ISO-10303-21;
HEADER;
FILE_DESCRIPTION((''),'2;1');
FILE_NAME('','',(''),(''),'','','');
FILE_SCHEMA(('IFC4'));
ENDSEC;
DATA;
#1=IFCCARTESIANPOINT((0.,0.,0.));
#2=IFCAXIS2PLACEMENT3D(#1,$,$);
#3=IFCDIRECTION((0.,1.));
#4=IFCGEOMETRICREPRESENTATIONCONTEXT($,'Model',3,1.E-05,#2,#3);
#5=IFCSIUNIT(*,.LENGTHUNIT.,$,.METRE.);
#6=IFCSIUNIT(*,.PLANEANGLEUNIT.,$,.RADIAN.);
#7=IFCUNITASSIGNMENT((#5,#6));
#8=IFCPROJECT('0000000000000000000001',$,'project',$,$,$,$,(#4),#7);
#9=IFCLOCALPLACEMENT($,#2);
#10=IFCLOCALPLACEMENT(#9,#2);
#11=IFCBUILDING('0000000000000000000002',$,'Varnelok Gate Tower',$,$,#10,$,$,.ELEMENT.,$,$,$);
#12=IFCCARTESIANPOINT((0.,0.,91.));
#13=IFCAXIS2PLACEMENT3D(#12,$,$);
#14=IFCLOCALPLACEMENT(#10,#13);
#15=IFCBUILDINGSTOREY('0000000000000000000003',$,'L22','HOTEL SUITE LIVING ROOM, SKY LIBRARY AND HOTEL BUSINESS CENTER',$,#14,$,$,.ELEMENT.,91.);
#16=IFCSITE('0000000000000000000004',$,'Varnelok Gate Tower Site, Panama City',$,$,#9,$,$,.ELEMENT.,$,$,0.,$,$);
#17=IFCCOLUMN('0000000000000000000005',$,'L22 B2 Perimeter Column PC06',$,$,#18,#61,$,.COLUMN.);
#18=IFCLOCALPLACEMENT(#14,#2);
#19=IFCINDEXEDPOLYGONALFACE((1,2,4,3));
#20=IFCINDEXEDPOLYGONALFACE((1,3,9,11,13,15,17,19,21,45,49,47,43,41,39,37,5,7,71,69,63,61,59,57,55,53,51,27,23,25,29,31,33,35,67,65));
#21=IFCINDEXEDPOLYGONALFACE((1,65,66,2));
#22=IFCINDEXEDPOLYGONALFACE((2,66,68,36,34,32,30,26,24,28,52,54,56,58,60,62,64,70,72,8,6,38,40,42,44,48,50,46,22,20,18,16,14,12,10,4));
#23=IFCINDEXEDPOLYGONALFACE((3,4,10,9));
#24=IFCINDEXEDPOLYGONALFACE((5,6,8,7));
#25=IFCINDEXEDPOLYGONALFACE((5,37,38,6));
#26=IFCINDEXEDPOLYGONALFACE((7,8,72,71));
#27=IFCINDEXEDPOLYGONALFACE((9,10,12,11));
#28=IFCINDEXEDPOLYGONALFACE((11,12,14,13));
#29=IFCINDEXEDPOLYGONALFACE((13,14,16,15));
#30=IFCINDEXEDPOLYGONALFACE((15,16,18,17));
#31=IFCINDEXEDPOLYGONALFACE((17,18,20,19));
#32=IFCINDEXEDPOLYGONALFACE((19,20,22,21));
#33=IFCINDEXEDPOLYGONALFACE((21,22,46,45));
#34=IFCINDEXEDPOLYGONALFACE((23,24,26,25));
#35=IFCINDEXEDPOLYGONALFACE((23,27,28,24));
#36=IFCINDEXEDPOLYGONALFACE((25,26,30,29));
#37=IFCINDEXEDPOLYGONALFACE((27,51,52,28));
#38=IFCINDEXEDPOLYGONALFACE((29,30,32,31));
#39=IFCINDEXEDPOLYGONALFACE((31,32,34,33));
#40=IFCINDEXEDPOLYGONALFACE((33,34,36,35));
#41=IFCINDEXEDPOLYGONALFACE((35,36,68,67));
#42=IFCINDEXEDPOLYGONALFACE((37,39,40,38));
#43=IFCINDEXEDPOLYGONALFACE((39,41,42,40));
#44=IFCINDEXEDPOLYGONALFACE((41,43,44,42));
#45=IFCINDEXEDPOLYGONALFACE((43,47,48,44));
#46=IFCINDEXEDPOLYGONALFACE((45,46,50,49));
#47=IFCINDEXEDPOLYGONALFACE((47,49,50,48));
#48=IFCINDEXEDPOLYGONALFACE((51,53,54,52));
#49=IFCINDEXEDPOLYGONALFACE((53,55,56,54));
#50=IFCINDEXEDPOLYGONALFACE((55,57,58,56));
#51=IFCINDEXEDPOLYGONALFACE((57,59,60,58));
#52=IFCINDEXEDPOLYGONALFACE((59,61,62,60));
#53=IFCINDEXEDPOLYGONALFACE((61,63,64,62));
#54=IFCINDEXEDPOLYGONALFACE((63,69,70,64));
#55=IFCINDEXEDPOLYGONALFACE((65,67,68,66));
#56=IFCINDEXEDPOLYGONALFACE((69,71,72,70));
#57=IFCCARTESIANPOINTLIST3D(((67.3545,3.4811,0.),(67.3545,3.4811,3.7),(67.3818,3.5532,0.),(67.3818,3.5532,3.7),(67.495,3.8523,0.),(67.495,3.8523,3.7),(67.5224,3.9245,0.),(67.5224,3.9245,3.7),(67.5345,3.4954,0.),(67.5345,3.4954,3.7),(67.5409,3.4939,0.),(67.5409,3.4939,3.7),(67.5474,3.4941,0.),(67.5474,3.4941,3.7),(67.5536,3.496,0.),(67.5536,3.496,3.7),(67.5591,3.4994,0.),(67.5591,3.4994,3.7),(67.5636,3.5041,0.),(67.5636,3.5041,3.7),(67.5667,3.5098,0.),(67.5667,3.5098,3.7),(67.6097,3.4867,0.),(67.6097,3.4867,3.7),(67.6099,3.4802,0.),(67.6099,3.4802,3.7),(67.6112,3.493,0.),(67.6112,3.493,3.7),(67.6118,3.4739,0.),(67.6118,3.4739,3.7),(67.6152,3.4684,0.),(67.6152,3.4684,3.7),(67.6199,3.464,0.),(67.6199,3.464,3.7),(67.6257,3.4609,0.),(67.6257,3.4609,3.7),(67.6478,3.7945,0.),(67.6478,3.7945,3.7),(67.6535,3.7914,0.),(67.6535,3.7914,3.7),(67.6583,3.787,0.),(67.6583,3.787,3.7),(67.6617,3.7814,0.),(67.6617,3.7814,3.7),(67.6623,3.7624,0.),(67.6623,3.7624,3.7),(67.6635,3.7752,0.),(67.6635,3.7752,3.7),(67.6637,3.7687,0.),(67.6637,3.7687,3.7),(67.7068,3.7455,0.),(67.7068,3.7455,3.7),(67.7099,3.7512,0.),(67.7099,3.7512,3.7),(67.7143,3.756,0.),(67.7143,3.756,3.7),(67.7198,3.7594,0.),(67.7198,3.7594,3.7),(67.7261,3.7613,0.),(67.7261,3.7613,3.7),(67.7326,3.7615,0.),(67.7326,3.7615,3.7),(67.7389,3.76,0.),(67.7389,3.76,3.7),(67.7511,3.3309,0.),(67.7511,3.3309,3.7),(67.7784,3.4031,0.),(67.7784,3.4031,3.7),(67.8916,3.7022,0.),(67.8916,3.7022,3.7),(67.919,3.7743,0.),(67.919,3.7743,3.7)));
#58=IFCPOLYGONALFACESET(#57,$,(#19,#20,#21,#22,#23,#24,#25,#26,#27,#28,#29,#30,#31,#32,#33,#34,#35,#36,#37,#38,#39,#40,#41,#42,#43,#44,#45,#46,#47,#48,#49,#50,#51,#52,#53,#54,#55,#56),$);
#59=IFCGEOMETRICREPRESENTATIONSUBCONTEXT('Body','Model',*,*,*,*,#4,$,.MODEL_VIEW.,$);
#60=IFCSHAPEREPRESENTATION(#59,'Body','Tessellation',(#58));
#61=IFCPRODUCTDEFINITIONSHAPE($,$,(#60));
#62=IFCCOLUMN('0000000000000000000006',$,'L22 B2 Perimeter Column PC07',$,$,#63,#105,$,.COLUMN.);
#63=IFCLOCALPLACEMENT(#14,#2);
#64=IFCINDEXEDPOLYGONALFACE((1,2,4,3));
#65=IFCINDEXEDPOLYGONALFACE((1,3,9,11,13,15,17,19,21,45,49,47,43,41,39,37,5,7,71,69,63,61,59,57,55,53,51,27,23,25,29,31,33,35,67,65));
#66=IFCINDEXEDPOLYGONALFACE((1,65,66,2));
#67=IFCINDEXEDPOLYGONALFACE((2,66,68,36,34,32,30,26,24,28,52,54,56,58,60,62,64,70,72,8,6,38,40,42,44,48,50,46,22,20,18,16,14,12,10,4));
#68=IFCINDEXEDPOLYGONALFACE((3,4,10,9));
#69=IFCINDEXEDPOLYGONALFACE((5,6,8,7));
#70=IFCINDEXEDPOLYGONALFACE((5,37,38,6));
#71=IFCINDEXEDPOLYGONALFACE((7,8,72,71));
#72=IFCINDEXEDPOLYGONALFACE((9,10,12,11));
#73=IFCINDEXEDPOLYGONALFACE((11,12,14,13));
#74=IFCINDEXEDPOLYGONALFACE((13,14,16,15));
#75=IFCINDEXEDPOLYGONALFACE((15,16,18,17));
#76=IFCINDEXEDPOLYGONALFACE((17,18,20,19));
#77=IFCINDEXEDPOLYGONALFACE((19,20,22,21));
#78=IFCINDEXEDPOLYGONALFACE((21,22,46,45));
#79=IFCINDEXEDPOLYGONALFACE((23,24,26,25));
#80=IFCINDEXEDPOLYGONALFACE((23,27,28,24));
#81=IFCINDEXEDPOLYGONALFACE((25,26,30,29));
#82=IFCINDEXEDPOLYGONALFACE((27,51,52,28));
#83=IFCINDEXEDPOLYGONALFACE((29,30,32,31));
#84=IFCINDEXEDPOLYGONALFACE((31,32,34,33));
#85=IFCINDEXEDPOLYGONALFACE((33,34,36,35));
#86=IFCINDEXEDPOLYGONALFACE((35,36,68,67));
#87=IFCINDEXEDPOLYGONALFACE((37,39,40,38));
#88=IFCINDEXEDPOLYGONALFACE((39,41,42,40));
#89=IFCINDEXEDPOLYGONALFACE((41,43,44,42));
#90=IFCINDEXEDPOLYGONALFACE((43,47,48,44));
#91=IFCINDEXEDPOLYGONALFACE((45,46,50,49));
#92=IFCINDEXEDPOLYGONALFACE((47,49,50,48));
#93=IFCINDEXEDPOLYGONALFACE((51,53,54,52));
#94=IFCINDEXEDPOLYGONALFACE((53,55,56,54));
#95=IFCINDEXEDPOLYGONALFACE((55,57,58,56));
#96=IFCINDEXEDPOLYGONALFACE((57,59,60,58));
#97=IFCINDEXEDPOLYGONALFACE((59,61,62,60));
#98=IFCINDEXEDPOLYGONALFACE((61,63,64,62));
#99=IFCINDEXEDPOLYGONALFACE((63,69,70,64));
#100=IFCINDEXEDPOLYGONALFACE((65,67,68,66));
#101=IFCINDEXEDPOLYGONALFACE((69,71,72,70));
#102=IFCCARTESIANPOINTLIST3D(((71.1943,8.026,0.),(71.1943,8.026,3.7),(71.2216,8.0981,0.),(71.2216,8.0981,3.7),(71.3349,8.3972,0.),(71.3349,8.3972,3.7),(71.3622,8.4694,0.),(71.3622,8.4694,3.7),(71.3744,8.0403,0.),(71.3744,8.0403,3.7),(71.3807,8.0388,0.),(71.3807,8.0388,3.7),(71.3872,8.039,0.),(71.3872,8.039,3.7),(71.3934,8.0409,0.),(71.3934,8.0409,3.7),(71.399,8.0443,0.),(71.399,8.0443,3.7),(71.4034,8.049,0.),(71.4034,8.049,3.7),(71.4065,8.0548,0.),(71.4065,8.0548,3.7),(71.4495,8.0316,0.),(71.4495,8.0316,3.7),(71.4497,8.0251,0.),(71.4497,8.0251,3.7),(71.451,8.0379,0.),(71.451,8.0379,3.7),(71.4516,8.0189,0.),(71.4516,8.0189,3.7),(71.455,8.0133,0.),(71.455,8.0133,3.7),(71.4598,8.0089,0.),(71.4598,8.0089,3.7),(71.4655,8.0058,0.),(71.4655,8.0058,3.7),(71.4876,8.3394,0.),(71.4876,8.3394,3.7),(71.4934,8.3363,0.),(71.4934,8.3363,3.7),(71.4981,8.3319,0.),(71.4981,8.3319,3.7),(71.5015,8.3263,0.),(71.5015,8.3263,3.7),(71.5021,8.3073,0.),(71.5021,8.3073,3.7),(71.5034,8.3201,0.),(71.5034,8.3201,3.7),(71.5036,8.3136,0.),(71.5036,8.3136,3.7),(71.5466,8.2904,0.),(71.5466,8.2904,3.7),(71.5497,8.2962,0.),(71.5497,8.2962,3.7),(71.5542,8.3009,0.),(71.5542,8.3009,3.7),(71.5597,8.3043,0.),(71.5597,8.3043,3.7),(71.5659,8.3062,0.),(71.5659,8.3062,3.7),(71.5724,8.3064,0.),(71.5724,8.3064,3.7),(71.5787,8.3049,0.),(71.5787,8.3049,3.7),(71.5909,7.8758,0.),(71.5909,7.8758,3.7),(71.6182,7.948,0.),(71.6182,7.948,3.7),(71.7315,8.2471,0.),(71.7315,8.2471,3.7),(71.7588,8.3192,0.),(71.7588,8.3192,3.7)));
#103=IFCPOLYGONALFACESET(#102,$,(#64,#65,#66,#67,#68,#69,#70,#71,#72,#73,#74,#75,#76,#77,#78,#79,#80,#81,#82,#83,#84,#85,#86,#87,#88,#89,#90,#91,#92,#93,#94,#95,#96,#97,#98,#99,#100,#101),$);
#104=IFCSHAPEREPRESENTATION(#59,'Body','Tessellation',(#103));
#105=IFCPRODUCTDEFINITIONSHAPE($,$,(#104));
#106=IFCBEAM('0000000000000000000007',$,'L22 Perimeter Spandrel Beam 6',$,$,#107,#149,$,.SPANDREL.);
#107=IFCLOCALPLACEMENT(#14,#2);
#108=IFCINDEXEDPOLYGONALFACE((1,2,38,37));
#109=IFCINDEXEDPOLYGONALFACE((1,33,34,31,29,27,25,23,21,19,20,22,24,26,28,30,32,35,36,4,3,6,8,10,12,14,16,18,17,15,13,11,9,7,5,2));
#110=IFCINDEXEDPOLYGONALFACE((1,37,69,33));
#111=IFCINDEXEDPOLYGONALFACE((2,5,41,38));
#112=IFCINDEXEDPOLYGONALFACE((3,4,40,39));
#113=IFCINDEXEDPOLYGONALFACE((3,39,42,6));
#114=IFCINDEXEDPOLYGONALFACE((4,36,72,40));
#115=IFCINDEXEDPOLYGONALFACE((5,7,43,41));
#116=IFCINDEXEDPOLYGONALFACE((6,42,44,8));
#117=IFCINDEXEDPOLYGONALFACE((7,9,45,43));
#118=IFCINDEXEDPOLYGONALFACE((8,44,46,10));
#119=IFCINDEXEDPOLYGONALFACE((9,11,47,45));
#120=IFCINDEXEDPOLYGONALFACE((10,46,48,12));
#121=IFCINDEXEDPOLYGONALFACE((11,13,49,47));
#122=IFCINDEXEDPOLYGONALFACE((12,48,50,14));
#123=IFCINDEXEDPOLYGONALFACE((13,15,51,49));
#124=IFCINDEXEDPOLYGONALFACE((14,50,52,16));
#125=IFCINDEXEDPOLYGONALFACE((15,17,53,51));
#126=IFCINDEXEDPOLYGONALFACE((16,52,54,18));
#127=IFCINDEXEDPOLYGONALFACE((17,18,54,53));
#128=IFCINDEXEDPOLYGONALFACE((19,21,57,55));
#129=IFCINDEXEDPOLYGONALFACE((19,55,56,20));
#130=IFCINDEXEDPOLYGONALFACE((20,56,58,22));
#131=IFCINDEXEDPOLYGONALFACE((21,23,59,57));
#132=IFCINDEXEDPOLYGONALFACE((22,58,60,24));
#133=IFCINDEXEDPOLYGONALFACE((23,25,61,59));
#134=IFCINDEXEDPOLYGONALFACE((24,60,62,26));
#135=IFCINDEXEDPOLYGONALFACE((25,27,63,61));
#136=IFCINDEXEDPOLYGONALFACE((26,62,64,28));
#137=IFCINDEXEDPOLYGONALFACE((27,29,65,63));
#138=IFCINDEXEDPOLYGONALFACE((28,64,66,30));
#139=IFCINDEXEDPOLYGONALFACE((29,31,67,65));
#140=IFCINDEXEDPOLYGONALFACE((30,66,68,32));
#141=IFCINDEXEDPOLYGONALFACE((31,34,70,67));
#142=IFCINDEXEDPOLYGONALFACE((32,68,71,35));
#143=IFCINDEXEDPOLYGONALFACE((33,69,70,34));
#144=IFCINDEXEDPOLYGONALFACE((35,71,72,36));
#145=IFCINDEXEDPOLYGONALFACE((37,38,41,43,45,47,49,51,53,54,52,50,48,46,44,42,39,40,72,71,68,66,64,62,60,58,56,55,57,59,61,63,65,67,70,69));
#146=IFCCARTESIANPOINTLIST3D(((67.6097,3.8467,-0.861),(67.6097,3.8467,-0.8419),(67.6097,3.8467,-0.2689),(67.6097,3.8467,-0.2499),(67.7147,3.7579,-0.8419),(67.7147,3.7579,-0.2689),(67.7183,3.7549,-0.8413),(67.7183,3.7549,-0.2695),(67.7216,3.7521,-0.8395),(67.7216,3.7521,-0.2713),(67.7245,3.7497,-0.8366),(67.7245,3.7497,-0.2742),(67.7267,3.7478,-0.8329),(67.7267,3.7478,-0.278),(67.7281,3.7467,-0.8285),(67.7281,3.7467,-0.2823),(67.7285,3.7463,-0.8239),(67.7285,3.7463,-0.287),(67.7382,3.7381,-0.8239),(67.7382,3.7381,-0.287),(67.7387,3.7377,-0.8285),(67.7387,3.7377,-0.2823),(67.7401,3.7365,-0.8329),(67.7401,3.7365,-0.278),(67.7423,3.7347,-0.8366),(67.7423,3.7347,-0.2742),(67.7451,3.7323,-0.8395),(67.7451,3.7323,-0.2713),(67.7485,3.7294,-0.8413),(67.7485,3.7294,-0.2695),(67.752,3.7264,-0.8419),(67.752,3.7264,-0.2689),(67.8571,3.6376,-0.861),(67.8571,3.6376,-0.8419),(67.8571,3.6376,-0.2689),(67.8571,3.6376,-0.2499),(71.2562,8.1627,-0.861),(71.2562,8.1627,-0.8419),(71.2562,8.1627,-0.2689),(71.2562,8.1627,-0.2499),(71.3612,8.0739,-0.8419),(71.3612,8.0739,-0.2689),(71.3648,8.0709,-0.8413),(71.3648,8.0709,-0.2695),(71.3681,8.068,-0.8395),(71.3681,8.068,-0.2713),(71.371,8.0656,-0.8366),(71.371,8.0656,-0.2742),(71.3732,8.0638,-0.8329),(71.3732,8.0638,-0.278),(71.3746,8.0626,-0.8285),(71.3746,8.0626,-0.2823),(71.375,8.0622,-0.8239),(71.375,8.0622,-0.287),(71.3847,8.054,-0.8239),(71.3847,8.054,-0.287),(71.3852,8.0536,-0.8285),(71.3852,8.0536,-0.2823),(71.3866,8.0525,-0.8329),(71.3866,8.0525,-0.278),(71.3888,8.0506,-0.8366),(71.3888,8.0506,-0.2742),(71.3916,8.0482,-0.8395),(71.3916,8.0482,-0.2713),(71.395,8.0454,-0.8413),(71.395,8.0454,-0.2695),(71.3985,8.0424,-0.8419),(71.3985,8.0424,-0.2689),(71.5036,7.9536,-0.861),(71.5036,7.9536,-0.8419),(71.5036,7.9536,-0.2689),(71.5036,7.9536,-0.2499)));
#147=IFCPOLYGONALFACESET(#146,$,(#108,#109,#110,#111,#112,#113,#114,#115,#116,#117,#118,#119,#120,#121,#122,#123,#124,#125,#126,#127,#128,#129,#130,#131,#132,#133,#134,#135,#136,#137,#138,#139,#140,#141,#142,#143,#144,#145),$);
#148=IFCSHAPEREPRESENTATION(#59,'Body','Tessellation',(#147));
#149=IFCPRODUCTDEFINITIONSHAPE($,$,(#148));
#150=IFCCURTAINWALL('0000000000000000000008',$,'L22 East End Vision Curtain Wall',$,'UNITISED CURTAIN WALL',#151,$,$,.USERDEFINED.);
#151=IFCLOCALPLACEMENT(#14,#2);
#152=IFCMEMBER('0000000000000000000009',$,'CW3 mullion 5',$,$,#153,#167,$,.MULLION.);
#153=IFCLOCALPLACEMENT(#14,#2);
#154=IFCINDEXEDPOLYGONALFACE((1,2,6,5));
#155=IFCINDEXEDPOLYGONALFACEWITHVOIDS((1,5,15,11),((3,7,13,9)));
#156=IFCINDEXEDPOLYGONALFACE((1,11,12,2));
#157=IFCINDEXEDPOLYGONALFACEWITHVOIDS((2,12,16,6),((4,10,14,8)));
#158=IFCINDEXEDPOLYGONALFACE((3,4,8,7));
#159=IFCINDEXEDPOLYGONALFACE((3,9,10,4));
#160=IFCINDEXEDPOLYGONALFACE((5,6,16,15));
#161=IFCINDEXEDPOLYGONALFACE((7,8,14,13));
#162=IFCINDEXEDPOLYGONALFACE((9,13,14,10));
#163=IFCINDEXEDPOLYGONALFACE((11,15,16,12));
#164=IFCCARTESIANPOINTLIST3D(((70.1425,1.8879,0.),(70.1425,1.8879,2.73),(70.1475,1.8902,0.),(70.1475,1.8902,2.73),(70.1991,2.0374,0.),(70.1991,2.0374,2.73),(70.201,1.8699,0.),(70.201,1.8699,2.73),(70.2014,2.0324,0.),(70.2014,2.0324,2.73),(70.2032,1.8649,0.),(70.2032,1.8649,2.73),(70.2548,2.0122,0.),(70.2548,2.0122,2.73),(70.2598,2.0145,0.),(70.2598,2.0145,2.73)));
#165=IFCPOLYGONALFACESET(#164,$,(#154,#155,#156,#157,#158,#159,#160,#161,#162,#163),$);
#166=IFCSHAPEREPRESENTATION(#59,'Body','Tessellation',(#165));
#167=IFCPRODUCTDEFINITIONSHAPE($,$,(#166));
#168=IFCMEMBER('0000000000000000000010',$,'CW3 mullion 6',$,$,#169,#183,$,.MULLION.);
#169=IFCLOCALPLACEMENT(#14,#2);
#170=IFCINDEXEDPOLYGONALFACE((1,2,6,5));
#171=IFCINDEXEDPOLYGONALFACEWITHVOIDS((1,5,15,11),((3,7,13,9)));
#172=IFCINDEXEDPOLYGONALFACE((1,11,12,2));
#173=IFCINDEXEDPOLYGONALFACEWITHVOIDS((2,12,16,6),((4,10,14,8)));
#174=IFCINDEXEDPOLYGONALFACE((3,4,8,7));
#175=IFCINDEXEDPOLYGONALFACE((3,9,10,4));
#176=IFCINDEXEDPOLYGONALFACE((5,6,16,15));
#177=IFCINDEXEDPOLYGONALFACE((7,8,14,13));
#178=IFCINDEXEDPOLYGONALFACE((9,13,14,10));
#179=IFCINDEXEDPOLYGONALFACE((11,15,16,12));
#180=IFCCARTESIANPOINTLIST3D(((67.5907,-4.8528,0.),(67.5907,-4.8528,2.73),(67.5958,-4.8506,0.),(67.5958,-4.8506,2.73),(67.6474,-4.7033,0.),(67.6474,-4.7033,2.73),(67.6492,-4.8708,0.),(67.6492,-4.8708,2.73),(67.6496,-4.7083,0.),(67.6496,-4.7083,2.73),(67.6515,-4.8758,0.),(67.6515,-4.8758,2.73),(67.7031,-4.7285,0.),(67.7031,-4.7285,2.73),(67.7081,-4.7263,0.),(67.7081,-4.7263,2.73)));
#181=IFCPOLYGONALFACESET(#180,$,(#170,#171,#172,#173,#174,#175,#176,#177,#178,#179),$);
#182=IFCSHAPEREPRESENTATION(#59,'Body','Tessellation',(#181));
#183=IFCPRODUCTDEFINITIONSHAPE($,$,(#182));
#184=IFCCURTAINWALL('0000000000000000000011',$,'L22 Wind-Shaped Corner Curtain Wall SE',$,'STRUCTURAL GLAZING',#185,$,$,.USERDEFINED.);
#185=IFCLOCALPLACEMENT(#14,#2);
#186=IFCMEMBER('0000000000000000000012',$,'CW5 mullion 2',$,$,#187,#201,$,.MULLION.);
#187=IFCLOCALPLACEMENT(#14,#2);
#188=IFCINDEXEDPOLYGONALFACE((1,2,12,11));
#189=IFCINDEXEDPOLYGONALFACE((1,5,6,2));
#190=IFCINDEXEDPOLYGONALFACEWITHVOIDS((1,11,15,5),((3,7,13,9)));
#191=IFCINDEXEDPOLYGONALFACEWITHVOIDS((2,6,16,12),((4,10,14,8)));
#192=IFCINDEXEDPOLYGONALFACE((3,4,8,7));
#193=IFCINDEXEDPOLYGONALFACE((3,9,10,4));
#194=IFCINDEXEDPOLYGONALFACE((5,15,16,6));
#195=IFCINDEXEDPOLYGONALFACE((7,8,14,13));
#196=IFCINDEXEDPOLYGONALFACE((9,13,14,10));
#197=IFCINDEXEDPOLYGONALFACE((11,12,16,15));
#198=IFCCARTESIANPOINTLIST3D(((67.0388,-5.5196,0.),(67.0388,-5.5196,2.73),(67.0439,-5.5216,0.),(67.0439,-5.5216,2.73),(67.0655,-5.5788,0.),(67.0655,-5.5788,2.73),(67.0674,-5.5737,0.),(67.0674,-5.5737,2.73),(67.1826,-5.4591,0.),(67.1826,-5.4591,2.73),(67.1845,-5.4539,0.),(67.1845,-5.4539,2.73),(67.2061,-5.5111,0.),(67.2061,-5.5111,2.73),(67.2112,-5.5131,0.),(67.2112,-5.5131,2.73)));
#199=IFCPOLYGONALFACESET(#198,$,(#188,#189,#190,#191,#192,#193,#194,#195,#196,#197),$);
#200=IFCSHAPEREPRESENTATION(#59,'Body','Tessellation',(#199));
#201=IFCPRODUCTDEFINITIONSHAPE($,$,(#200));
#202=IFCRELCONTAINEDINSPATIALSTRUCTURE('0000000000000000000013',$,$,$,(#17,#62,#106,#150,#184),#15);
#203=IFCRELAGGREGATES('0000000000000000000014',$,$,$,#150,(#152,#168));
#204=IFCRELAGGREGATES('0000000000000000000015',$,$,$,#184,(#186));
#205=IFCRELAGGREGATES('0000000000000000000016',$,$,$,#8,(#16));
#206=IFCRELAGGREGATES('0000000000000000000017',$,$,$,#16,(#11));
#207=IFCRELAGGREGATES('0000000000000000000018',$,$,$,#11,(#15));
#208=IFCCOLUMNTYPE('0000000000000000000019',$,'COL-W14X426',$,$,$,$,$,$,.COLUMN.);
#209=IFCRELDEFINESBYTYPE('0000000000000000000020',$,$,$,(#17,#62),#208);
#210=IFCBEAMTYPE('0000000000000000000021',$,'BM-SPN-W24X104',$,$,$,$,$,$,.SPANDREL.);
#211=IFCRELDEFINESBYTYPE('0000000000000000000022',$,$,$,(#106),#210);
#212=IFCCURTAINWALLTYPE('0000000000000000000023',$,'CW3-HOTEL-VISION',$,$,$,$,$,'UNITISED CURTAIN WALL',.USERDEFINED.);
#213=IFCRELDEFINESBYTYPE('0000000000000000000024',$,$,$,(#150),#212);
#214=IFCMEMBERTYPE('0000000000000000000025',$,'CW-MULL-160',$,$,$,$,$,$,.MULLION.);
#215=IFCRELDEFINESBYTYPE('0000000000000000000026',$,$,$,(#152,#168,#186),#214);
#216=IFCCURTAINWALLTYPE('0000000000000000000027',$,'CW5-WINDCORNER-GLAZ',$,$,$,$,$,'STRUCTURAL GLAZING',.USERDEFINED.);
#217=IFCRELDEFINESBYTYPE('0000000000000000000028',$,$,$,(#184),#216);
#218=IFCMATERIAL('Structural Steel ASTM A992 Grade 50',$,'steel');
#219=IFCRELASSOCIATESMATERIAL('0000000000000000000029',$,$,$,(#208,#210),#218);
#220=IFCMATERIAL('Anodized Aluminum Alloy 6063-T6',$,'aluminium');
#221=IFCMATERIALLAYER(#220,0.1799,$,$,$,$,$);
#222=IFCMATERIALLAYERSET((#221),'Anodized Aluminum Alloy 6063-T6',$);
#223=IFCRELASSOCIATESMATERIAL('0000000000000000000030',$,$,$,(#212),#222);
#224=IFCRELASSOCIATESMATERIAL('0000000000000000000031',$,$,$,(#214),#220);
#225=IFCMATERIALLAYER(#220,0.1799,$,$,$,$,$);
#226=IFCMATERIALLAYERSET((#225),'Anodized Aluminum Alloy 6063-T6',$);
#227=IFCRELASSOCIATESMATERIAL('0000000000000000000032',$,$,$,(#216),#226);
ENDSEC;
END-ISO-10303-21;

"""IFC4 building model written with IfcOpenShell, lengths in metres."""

from ifc_helpers import new_model, si_unit, direction, frame, origin, origin_2d, place, context, subcontext, project, spatial, hollow_rectangle, i_section, extrude, material, layer, layer_set, material_profile, profile_set, type_object, element, aggregate, save


model = new_model("IFC4")

# Units and contexts
model_context = context("Model", 3, precision=1e-05, world=origin(), true_north=direction((0.0, 1.0)))
body_context = subcontext(model_context, "Body", "Model", "MODEL_VIEW")
ifc_project = project(units=[si_unit("LENGTHUNIT", "METRE"), si_unit("PLANEANGLEUNIT", "RADIAN")], contexts=[model_context])

# Site, building, storey
site_placement = place(None, origin())
site = spatial("IfcSite", under=ifc_project, at=site_placement, Name="Varnelok Gate Tower Site, Panama City", CompositionType="ELEMENT", RefElevation=0.0)
building_placement = place(site_placement, origin())
building = spatial("IfcBuilding", under=site, at=building_placement, Name="Varnelok Gate Tower", CompositionType="ELEMENT")
storey_placement = place(building_placement, frame((0.0, 0.0, 91.0)))
storey = spatial("IfcBuildingStorey", under=building, at=storey_placement, Name="L22", Description="HOTEL SUITE LIVING ROOM, SKY LIBRARY AND HOTEL BUSINESS CENTER", CompositionType="ELEMENT", Elevation=91.0)

# Columns
ifc_material_1 = material(Name="Structural Steel ASTM A992 Grade 50", Category="steel")
ifc_material_profile_1 = material_profile(ifc_material_1, i_section(OverallWidth=0.4241, OverallDepth=0.4741, WebThickness=0.0476, FlangeThickness=0.0771, FilletRadius=0.0249, at=origin_2d()), Name="W14X426")
ifc_profile_set_1 = profile_set([ifc_material_profile_1], Name="Structural Steel ASTM A992 Grade 50")
column_type = type_object("IfcColumnType", Name="COL-W14X426", PredefinedType="COLUMN", material=ifc_profile_set_1)
for number, where, z_axis, x_axis, name in (
    (1, (67.6367, 3.6277, 0.0), (0.0, 0.0, 1.0), (0.935222, -0.354063, 0.0), "L22 B2 Perimeter Column PC06"),
    (2, (71.4766, 8.1726, 0.0), (0.0, 0.0, 1.0), (0.935222, -0.354063, 0.0), "L22 B2 Perimeter Column PC07"),
):
    element("IfcColumn", number, at=place(storey_placement, frame(where, z_axis=z_axis, x_axis=x_axis)), inside=storey, type_object=column_type, Name=name, PredefinedType="COLUMN", context=body_context, shape_type="SweptSolid", body=[
        extrude(i_section(OverallWidth=0.4241, OverallDepth=0.4741, WebThickness=0.0476, FlangeThickness=0.0771, FilletRadius=0.0249, at=origin_2d()), origin(), (0.0, 0.0, 1.0), 3.7),
    ])

# Beam
ifc_material_profile_2 = material_profile(ifc_material_1, i_section(OverallWidth=0.324, OverallDepth=0.6111, WebThickness=0.0127, FlangeThickness=0.019, FilletRadius=0.0181, at=origin_2d()), Name="W24X104")
ifc_profile_set_2 = profile_set([ifc_material_profile_2], Name="Structural Steel ASTM A992 Grade 50")
beam_type = type_object("IfcBeamType", Name="BM-SPN-W24X104", PredefinedType="SPANDREL", material=ifc_profile_set_2)
beam_placement = place(storey_placement, frame((67.7334, 3.7422, -0.5554), z_axis=(0.64538, 0.763861, 0.0), x_axis=(-0.763861, 0.64538, 0.0)))
element("IfcBeam", 3, at=beam_placement, inside=storey, type_object=beam_type, Name="L22 Perimeter Spandrel Beam 6", PredefinedType="SPANDREL", context=body_context, shape_type="SweptSolid", body=[
    extrude(i_section(OverallWidth=0.324, OverallDepth=0.6111, WebThickness=0.0127, FlangeThickness=0.019, FilletRadius=0.0181, at=origin_2d()), origin(), (0.0, 0.0, 1.0), 5.6501),
])

# Curtain wall, members
ifc_material_2 = material(Name="Anodized Aluminum Alloy 6063-T6", Category="aluminium")
ifc_layer_1 = layer(ifc_material_2, 0.1799)
ifc_layer_set_1 = layer_set([ifc_layer_1], Name="Anodized Aluminum Alloy 6063-T6")
curtain_wall_type_1 = type_object("IfcCurtainWallType", Name="CW3-HOTEL-VISION", ElementType="UNITISED CURTAIN WALL", PredefinedType="USERDEFINED", material=ifc_layer_set_1)
curtain_wall_1_placement = place(storey_placement, origin())
curtain_wall_1 = element("IfcCurtainWall", 4, at=curtain_wall_1_placement, inside=storey, type_object=curtain_wall_type_1, Name="L22 East End Vision Curtain Wall", ObjectType="UNITISED CURTAIN WALL", PredefinedType="USERDEFINED")
ifc_material_profile_3 = material_profile(ifc_material_2, hollow_rectangle(XDim=0.0649, YDim=0.1599, WallThickness=0.0039, at=origin_2d()), Name="ALU160X65X4")
ifc_profile_set_3 = profile_set([ifc_material_profile_3], Name="Anodized Aluminum Alloy 6063-T6")
member_type_1 = type_object("IfcMemberType", Name="CW-MULL-160", PredefinedType="MULLION", material=ifc_profile_set_3)
member_1_placement = place(storey_placement, frame((70.2012, 1.9512, 0.0), z_axis=(0.0, 0.0, 1.0), x_axis=(0.935221, -0.354064, 0.0)))
member_1 = element("IfcMember", 5, at=member_1_placement, type_object=member_type_1, Name="CW3 mullion 5", PredefinedType="MULLION", context=body_context, shape_type="SweptSolid", body=[
    extrude(hollow_rectangle(XDim=0.0649, YDim=0.1599, WallThickness=0.0039, at=origin_2d()), origin(), (0.0, 0.0, 1.0), 2.73),
])
member_2_placement = place(storey_placement, frame((67.6494, -4.7896, 0.0), z_axis=(0.0, 0.0, 1.0), x_axis=(0.935221, -0.354064, 0.0)))
member_2 = element("IfcMember", 6, at=member_2_placement, type_object=member_type_1, Name="CW3 mullion 6", PredefinedType="MULLION", context=body_context, shape_type="SweptSolid", body=[
    extrude(hollow_rectangle(XDim=0.0649, YDim=0.1599, WallThickness=0.0039, at=origin_2d()), origin(), (0.0, 0.0, 1.0), 2.73),
])

# Curtain wall, member
ifc_layer_2 = layer(ifc_material_2, 0.1799)
ifc_layer_set_2 = layer_set([ifc_layer_2], Name="Anodized Aluminum Alloy 6063-T6")
curtain_wall_type_2 = type_object("IfcCurtainWallType", Name="CW5-WINDCORNER-GLAZ", ElementType="STRUCTURAL GLAZING", PredefinedType="USERDEFINED", material=ifc_layer_set_2)
curtain_wall_2_placement = place(storey_placement, origin())
curtain_wall_2 = element("IfcCurtainWall", 7, at=curtain_wall_2_placement, inside=storey, type_object=curtain_wall_type_2, Name="L22 Wind-Shaped Corner Curtain Wall SE", ObjectType="STRUCTURAL GLAZING", PredefinedType="USERDEFINED")
member_3_placement = place(storey_placement, frame((67.125, -5.5164, 0.0), z_axis=(0.0, 0.0, 1.0), x_axis=(-0.410944, 0.911661, 0.0)))
member_3 = element("IfcMember", 8, at=member_3_placement, type_object=member_type_1, Name="CW5 mullion 2", PredefinedType="MULLION", context=body_context, shape_type="SweptSolid", body=[
    extrude(hollow_rectangle(XDim=0.0649, YDim=0.1599, WallThickness=0.0039, at=origin_2d()), origin(), (0.0, 0.0, 1.0), 2.73),
])

aggregate(curtain_wall_1, [member_1, member_2])
aggregate(curtain_wall_2, [member_3])

save(model, "model.ifc")
